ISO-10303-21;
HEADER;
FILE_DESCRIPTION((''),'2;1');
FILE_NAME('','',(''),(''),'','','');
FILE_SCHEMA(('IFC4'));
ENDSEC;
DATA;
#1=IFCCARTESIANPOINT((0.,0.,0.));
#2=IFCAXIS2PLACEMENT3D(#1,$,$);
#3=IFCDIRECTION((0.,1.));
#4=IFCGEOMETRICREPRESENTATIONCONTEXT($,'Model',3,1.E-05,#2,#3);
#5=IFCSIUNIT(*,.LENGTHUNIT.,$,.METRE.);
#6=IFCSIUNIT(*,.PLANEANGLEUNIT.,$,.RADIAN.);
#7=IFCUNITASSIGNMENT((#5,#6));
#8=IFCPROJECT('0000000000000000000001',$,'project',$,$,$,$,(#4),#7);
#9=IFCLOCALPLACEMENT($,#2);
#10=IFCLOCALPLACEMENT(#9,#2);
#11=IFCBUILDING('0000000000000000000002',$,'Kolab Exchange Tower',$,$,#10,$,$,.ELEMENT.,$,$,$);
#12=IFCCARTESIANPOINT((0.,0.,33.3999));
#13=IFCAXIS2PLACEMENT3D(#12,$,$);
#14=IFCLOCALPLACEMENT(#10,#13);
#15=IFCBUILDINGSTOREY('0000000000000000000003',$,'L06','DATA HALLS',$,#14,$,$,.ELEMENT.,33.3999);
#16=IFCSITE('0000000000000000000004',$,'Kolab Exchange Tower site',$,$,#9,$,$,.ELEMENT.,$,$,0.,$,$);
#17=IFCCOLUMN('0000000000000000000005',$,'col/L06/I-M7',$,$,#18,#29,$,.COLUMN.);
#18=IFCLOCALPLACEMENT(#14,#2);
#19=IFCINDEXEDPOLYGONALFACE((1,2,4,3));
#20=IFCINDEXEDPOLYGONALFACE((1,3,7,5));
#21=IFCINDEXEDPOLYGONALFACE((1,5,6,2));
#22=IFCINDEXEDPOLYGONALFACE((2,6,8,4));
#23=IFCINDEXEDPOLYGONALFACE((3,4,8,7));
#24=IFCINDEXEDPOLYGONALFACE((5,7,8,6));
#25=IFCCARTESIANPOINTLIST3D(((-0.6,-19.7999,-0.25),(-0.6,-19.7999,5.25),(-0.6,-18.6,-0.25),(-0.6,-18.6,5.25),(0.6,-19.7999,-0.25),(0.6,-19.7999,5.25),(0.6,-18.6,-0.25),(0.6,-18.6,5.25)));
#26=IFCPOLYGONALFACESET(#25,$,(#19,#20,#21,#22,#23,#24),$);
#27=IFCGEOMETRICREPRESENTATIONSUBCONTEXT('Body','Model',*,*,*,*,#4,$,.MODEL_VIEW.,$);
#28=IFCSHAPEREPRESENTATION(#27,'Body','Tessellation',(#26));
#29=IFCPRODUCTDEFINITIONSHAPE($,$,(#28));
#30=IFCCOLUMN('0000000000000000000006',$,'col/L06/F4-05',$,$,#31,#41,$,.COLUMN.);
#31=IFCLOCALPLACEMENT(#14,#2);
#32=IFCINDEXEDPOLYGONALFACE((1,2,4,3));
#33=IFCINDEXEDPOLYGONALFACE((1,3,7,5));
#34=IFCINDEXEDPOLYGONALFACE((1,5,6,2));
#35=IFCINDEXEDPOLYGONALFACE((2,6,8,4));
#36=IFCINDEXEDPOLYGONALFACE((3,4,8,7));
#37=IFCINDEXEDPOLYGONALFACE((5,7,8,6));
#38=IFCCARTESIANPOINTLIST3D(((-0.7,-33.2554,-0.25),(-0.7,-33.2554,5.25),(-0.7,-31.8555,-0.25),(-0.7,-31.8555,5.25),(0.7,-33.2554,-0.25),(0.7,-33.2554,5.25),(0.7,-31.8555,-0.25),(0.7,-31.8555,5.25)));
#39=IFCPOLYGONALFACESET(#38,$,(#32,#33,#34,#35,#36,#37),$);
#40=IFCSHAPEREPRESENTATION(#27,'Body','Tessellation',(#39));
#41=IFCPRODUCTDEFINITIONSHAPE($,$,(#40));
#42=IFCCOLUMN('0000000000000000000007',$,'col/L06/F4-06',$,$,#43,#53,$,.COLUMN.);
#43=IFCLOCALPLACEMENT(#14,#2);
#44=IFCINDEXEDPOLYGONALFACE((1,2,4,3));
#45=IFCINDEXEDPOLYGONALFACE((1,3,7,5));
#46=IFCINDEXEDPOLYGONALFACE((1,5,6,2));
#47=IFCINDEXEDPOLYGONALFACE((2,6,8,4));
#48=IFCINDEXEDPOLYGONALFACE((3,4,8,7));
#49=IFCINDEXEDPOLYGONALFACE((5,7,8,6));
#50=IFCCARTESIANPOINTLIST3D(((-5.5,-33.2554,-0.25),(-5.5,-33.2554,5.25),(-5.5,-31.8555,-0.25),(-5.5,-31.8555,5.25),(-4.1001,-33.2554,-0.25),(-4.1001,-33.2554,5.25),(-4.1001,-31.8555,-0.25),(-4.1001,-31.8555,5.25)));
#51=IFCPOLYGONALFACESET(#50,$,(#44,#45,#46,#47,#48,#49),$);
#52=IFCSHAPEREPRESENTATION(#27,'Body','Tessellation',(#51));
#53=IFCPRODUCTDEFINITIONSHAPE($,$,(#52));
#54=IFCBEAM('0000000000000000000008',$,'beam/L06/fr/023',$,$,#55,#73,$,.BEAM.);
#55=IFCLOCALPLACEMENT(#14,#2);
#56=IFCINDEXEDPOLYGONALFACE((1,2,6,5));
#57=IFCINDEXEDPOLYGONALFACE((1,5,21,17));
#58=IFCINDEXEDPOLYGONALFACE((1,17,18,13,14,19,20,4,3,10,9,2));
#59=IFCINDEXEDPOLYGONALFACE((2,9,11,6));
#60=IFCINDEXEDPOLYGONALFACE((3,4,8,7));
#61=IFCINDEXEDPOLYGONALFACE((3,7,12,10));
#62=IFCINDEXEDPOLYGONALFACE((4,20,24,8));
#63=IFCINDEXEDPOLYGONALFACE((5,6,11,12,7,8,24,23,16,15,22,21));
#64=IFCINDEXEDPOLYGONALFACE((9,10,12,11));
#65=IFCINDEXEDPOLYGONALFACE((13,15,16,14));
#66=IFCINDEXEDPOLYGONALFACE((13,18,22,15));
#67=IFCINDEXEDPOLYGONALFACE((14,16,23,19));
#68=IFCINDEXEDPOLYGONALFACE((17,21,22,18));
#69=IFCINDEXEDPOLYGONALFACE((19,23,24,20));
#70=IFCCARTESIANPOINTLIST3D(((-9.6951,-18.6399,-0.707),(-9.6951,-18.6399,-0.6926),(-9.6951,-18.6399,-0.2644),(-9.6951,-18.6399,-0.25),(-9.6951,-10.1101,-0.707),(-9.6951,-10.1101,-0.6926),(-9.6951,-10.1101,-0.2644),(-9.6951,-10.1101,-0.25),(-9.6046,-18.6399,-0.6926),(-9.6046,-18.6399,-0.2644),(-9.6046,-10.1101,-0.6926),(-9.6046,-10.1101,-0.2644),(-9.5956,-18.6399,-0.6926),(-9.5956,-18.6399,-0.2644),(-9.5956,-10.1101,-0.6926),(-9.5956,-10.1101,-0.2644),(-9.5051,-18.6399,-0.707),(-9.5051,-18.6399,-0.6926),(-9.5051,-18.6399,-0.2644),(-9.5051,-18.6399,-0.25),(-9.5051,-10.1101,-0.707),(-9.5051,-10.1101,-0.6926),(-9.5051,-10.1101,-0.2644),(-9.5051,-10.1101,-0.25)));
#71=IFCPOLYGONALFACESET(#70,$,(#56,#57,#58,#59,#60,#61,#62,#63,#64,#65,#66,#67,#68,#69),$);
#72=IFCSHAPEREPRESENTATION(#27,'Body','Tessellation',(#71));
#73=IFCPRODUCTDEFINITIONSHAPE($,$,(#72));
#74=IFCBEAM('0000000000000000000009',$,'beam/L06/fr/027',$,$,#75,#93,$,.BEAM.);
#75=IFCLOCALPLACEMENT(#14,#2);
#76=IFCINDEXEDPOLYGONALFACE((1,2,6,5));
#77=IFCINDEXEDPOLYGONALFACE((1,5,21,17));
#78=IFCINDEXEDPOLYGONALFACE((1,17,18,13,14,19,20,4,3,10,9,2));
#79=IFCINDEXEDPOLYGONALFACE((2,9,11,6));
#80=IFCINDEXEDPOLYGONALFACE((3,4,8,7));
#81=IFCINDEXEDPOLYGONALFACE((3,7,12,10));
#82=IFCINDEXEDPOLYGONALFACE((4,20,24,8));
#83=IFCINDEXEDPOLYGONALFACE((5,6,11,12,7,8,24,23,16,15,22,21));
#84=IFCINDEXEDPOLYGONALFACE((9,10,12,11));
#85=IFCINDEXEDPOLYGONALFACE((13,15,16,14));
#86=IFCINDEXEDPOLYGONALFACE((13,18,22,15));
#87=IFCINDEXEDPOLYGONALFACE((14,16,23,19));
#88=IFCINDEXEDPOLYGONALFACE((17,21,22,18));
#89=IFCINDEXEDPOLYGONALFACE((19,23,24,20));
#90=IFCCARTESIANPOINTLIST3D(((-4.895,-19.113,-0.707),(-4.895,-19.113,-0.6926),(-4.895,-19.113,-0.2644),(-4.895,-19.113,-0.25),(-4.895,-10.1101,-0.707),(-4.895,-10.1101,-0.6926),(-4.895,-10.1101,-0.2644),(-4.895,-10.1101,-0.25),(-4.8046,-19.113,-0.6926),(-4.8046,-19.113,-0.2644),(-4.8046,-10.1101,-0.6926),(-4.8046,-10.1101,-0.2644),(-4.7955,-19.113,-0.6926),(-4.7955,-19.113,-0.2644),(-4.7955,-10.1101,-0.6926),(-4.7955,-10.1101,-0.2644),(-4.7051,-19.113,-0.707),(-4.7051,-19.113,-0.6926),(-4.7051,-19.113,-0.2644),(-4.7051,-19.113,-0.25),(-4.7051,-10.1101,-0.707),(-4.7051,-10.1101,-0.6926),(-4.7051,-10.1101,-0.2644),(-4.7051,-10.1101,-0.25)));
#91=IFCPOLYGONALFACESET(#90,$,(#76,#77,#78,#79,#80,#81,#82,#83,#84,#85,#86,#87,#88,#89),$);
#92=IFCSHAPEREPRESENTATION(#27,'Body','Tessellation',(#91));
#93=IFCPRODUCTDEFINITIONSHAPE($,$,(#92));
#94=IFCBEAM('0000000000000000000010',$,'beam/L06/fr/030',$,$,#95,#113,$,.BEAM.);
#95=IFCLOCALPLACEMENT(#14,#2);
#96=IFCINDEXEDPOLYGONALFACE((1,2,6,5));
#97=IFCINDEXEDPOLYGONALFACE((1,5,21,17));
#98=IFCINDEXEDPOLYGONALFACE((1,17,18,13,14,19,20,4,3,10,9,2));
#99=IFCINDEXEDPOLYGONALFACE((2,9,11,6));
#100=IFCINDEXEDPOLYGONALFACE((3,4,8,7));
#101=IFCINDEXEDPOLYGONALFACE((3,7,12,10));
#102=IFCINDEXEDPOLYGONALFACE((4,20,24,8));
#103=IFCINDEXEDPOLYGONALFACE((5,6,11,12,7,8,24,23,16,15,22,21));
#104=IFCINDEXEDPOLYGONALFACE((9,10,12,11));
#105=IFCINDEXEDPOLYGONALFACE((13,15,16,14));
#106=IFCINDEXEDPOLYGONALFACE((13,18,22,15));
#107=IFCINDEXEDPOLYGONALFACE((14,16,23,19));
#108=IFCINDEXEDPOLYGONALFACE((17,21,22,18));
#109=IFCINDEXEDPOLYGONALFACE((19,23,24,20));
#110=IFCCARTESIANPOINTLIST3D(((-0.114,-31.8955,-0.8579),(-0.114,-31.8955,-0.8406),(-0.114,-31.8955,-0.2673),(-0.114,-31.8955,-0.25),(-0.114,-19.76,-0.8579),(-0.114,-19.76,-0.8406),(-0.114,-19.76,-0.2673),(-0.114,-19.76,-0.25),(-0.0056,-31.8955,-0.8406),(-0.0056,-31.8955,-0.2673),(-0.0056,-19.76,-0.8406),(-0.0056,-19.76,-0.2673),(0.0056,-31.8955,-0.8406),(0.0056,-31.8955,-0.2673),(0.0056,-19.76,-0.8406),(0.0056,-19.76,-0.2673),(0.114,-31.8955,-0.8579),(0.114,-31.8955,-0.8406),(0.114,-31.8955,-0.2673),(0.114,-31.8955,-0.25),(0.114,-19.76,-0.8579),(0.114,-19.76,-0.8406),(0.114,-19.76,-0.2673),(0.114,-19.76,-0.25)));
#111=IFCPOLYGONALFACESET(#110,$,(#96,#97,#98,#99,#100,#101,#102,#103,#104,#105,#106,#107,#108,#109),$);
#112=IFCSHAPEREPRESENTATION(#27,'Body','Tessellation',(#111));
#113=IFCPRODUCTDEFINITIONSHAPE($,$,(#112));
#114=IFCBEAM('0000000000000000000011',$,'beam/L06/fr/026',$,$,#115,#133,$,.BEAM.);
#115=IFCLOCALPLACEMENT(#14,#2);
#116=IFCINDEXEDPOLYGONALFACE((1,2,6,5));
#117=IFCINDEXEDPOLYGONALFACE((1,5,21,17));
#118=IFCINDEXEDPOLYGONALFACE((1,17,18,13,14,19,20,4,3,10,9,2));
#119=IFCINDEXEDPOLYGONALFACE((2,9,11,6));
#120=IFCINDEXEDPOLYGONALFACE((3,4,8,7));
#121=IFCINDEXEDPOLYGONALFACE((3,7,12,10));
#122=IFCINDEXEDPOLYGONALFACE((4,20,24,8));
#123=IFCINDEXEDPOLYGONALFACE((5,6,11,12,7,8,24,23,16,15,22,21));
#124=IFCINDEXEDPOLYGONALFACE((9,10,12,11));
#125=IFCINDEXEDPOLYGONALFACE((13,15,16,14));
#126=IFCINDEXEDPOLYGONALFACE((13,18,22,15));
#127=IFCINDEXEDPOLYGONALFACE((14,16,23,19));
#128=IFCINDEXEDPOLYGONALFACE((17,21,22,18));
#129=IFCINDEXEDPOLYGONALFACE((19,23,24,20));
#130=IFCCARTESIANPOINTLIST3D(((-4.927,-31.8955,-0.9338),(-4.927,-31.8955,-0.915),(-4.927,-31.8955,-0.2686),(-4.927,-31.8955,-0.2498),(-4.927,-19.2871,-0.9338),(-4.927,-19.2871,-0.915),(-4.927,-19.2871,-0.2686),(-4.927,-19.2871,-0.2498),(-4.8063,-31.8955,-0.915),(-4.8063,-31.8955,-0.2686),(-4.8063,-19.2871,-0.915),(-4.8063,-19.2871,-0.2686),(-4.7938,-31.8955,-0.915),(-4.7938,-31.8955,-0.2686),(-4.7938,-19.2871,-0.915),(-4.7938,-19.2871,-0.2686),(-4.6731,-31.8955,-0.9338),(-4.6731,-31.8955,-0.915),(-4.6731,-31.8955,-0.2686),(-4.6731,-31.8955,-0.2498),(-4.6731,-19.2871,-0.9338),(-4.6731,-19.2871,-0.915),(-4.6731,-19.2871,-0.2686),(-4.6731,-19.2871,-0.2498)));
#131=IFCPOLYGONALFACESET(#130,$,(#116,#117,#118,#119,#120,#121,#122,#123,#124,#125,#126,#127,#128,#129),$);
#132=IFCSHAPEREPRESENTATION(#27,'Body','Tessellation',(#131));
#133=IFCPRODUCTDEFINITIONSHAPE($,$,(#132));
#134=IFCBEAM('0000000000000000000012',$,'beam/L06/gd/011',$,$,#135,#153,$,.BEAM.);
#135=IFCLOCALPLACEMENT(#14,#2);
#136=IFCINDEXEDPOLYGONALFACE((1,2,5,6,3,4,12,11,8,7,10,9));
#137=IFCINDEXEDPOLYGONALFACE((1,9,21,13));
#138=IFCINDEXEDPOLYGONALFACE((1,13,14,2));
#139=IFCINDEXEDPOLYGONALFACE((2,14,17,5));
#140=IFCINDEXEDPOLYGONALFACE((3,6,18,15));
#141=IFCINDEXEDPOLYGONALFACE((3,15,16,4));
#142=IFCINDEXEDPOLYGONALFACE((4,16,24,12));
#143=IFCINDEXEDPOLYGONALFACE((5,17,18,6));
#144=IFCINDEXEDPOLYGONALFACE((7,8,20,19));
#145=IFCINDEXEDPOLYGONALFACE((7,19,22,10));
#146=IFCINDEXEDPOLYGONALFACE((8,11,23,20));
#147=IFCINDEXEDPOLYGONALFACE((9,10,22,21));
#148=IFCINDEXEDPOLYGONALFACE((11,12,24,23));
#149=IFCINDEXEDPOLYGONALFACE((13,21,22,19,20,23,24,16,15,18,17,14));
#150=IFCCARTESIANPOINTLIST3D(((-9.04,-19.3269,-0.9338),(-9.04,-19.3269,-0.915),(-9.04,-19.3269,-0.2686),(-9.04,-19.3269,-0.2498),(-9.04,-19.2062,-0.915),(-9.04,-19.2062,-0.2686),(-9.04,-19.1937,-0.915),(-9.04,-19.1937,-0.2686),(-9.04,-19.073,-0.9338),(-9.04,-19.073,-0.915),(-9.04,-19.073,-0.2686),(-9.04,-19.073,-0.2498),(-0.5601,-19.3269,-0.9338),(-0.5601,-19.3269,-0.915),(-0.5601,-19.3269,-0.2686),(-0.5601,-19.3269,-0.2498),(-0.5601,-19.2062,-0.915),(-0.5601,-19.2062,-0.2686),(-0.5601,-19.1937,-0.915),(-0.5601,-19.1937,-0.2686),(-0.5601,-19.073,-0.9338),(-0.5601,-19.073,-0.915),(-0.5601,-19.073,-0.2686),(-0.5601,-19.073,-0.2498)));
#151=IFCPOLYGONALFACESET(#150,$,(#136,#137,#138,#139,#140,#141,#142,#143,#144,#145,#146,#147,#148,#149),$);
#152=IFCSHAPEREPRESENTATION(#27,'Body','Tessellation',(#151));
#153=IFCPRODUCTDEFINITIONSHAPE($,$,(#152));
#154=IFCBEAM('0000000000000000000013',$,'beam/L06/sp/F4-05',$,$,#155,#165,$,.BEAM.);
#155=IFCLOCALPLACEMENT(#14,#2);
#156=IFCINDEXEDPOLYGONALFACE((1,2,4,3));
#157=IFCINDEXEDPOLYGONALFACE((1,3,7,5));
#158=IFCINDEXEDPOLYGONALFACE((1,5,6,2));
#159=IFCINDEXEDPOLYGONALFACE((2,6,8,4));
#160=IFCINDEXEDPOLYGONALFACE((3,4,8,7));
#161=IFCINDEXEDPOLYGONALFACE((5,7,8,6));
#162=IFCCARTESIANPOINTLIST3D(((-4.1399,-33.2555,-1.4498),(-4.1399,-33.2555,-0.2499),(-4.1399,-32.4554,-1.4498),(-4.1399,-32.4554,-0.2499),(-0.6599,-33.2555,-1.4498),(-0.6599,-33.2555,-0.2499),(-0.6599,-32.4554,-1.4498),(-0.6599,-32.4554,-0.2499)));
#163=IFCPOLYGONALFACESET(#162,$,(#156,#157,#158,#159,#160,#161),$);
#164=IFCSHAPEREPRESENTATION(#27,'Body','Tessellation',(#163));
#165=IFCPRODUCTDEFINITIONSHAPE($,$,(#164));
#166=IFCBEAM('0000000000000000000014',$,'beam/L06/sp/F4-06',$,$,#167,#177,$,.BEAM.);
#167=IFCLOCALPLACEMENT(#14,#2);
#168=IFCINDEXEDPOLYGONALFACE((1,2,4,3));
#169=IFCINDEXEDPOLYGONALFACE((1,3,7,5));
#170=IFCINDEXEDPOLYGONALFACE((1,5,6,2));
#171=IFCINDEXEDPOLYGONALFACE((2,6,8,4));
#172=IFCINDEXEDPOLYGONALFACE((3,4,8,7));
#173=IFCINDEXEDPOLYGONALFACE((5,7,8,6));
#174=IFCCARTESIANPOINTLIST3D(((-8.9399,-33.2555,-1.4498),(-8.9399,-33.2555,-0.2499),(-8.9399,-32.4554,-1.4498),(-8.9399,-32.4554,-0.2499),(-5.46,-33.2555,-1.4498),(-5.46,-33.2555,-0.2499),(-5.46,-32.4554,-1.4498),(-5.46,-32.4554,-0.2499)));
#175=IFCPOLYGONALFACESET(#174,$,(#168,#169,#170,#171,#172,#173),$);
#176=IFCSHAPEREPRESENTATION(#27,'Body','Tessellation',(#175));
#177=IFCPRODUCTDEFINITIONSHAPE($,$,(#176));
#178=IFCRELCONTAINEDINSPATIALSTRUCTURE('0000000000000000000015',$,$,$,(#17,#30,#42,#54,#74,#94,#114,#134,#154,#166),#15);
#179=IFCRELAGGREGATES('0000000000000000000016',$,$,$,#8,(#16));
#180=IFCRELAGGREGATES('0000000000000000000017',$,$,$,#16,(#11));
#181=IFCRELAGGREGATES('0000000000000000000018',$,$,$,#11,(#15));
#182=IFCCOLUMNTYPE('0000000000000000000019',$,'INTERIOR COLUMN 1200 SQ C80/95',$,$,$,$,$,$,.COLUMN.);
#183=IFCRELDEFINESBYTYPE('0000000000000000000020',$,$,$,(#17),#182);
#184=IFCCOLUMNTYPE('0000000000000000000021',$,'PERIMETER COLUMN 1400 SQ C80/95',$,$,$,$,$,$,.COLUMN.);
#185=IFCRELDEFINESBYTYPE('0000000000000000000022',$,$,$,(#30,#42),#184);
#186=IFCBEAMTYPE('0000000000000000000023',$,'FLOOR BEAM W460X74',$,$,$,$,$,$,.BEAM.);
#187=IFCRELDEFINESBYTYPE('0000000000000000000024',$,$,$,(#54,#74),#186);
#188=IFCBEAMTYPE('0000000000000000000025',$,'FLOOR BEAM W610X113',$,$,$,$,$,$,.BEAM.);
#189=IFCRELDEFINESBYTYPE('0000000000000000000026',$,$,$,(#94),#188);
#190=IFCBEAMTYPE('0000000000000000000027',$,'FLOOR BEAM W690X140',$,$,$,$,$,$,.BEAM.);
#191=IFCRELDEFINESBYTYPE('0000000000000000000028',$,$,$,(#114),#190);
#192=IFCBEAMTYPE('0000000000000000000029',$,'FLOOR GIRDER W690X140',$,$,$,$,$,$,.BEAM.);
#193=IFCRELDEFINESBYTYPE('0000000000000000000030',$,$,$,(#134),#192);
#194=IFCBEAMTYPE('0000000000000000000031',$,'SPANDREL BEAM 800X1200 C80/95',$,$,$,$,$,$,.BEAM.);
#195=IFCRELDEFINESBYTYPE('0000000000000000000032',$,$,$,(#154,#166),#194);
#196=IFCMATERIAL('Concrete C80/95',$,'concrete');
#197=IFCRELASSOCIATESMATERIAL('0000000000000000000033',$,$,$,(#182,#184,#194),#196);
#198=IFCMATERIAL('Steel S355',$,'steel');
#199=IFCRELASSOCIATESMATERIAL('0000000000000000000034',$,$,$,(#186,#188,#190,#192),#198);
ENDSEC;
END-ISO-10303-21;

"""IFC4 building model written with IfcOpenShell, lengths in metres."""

from ifc_helpers import new_model, si_unit, direction, frame, origin, origin_2d, place, context, subcontext, project, spatial, rectangle, i_section, extrude, material, material_profile, profile_set, type_object, element, save


model = new_model("IFC4")

# Units and contexts
model_context = context("Model", 3, precision=1e-05, world=origin(), true_north=direction((0.0, 1.0)))
body_context = subcontext(model_context, "Body", "Model", "MODEL_VIEW")
ifc_project = project(units=[si_unit("LENGTHUNIT", "METRE"), si_unit("PLANEANGLEUNIT", "RADIAN")], contexts=[model_context])

# Site, building, storey
site_placement = place(None, origin())
site = spatial("IfcSite", under=ifc_project, at=site_placement, Name="Kolab Exchange Tower site", CompositionType="ELEMENT", RefElevation=0.0)
building_placement = place(site_placement, origin())
building = spatial("IfcBuilding", under=site, at=building_placement, Name="Kolab Exchange Tower", CompositionType="ELEMENT")
storey_placement = place(building_placement, frame((0.0, 0.0, 33.3999)))
storey = spatial("IfcBuildingStorey", under=building, at=storey_placement, Name="L06", Description="DATA HALLS", CompositionType="ELEMENT", Elevation=33.3999)

# Columns
ifc_material_1 = material(Name="Concrete C80/95", Category="concrete")
ifc_material_profile_1 = material_profile(ifc_material_1, rectangle(XDim=1.2, YDim=1.2, at=origin_2d()), Name="RC1200")
ifc_profile_set_1 = profile_set([ifc_material_profile_1], Name="Concrete C80/95")
column_type_1 = type_object("IfcColumnType", Name="INTERIOR COLUMN 1200 SQ C80/95", PredefinedType="COLUMN", material=ifc_profile_set_1)
column_placement = place(storey_placement, frame((0.0, -19.2, -0.25), z_axis=(0.0, 0.0, 1.0), x_axis=(1.0, 0.0, 0.0)))
element("IfcColumn", 1, at=column_placement, inside=storey, type_object=column_type_1, Name="col/L06/I-M7", PredefinedType="COLUMN", context=body_context, shape_type="SweptSolid", body=[
    extrude(rectangle(XDim=1.2, YDim=1.2, at=origin_2d()), origin(), (0.0, 0.0, 1.0), 5.5),
])
ifc_material_profile_2 = material_profile(ifc_material_1, rectangle(XDim=1.3999, YDim=1.3999, at=origin_2d()), Name="RC1400")
ifc_profile_set_2 = profile_set([ifc_material_profile_2], Name="Concrete C80/95")
column_type_2 = type_object("IfcColumnType", Name="PERIMETER COLUMN 1400 SQ C80/95", PredefinedType="COLUMN", material=ifc_profile_set_2)
for number, where, z_axis, x_axis, name in (
    (2, (0.0, -32.5554, -0.25), (0.0, 0.0, 1.0), (1.0, 0.0, 0.0), "col/L06/F4-05"),
    (3, (-4.8, -32.5554, -0.25), (0.0, 0.0, 1.0), (1.0, 0.0, 0.0), "col/L06/F4-06"),
):
    element("IfcColumn", number, at=place(storey_placement, frame(where, z_axis=z_axis, x_axis=x_axis)), inside=storey, type_object=column_type_2, Name=name, PredefinedType="COLUMN", context=body_context, shape_type="SweptSolid", body=[
        extrude(rectangle(XDim=1.3999, YDim=1.3999, at=origin_2d()), origin(), (0.0, 0.0, 1.0), 5.5),
    ])

# Beams
ifc_material_2 = material(Name="Steel S355", Category="steel")
ifc_material_profile_3 = material_profile(ifc_material_2, i_section(OverallWidth=0.1899, OverallDepth=0.457, WebThickness=0.009, FlangeThickness=0.0144, at=origin_2d()), Name="W460X74")
ifc_profile_set_3 = profile_set([ifc_material_profile_3], Name="Steel S355")
beam_type_1 = type_object("IfcBeamType", Name="FLOOR BEAM W460X74", PredefinedType="BEAM", material=ifc_profile_set_3)
beam_1_placement = place(storey_placement, frame((-9.6001, -18.6399, -0.4785), z_axis=(0.0, 1.0, 0.0), x_axis=(-1.0, 0.0, 0.0)))
element("IfcBeam", 4, at=beam_1_placement, inside=storey, type_object=beam_type_1, Name="beam/L06/fr/023", PredefinedType="BEAM", context=body_context, shape_type="SweptSolid", body=[
    extrude(i_section(OverallWidth=0.1899, OverallDepth=0.457, WebThickness=0.009, FlangeThickness=0.0144, at=origin_2d()), origin(), (0.0, 0.0, 1.0), 8.5298),
])
beam_2_placement = place(storey_placement, frame((-4.8, -19.113, -0.4785), z_axis=(0.0, 1.0, 0.0), x_axis=(-1.0, 0.0, 0.0)))
element("IfcBeam", 5, at=beam_2_placement, inside=storey, type_object=beam_type_1, Name="beam/L06/fr/027", PredefinedType="BEAM", context=body_context, shape_type="SweptSolid", body=[
    extrude(i_section(OverallWidth=0.1899, OverallDepth=0.457, WebThickness=0.009, FlangeThickness=0.0144, at=origin_2d()), origin(), (0.0, 0.0, 1.0), 9.0029),
])
ifc_material_profile_4 = material_profile(ifc_material_2, i_section(OverallWidth=0.228, OverallDepth=0.6079, WebThickness=0.0112, FlangeThickness=0.0173, at=origin_2d()), Name="W610X113")
ifc_profile_set_4 = profile_set([ifc_material_profile_4], Name="Steel S355")
beam_type_2 = type_object("IfcBeamType", Name="FLOOR BEAM W610X113", PredefinedType="BEAM", material=ifc_profile_set_4)
beam_3_placement = place(storey_placement, frame((0.0, -31.8955, -0.554), z_axis=(0.0, 1.0, 0.0), x_axis=(-1.0, 0.0, 0.0)))
element("IfcBeam", 6, at=beam_3_placement, inside=storey, type_object=beam_type_2, Name="beam/L06/fr/030", PredefinedType="BEAM", context=body_context, shape_type="SweptSolid", body=[
    extrude(i_section(OverallWidth=0.228, OverallDepth=0.6079, WebThickness=0.0112, FlangeThickness=0.0173, at=origin_2d()), origin(), (0.0, 0.0, 1.0), 12.1355),
])
ifc_material_profile_5 = material_profile(ifc_material_2, i_section(OverallWidth=0.2539, OverallDepth=0.6841, WebThickness=0.0125, FlangeThickness=0.0188, at=origin_2d()), Name="W690X140")
ifc_profile_set_5 = profile_set([ifc_material_profile_5], Name="Steel S355")
beam_type_3 = type_object("IfcBeamType", Name="FLOOR BEAM W690X140", PredefinedType="BEAM", material=ifc_profile_set_5)
beam_4_placement = place(storey_placement, frame((-4.8, -31.8955, -0.5918), z_axis=(0.0, 1.0, 0.0), x_axis=(-1.0, 0.0, 0.0)))
element("IfcBeam", 7, at=beam_4_placement, inside=storey, type_object=beam_type_3, Name="beam/L06/fr/026", PredefinedType="BEAM", context=body_context, shape_type="SweptSolid", body=[
    extrude(i_section(OverallWidth=0.2539, OverallDepth=0.6841, WebThickness=0.0125, FlangeThickness=0.0188, at=origin_2d()), origin(), (0.0, 0.0, 1.0), 12.6084),
])
ifc_material_profile_6 = material_profile(ifc_material_2, i_section(OverallWidth=0.2539, OverallDepth=0.6841, WebThickness=0.0125, FlangeThickness=0.0188, at=origin_2d()), Name="W690X140")
ifc_profile_set_6 = profile_set([ifc_material_profile_6], Name="Steel S355")
beam_type_4 = type_object("IfcBeamType", Name="FLOOR GIRDER W690X140", PredefinedType="BEAM", material=ifc_profile_set_6)
beam_5_placement = place(storey_placement, frame((-9.04, -19.2, -0.5918), z_axis=(1.0, 0.0, 0.0), x_axis=(0.0, 1.0, 0.0)))
element("IfcBeam", 8, at=beam_5_placement, inside=storey, type_object=beam_type_4, Name="beam/L06/gd/011", PredefinedType="BEAM", context=body_context, shape_type="SweptSolid", body=[
    extrude(i_section(OverallWidth=0.2539, OverallDepth=0.6841, WebThickness=0.0125, FlangeThickness=0.0188, at=origin_2d()), origin(), (0.0, 0.0, 1.0), 8.48),
])
ifc_material_profile_7 = material_profile(ifc_material_1, rectangle(XDim=0.8, YDim=1.2, at=origin_2d()), Name="RC800X1200")
ifc_profile_set_7 = profile_set([ifc_material_profile_7], Name="Concrete C80/95")
beam_type_5 = type_object("IfcBeamType", Name="SPANDREL BEAM 800X1200 C80/95", PredefinedType="BEAM", material=ifc_profile_set_7)
for number, where, z_axis, x_axis, name in (
    (9, (-0.6599, -32.8555, -0.8499), (-1.0, 0.0, 0.0), (0.0, -1.0, 0.0), "beam/L06/sp/F4-05"),
    (10, (-5.46, -32.8555, -0.8499), (-1.0, 0.0, 0.0), (0.0, -1.0, 0.0), "beam/L06/sp/F4-06"),
):
    element("IfcBeam", number, at=place(storey_placement, frame(where, z_axis=z_axis, x_axis=x_axis)), inside=storey, type_object=beam_type_5, Name=name, PredefinedType="BEAM", context=body_context, shape_type="SweptSolid", body=[
        extrude(rectangle(XDim=0.8, YDim=1.2, at=origin_2d()), origin(), (0.0, 0.0, 1.0), 3.48),
    ])

save(model, "model.ifc")
